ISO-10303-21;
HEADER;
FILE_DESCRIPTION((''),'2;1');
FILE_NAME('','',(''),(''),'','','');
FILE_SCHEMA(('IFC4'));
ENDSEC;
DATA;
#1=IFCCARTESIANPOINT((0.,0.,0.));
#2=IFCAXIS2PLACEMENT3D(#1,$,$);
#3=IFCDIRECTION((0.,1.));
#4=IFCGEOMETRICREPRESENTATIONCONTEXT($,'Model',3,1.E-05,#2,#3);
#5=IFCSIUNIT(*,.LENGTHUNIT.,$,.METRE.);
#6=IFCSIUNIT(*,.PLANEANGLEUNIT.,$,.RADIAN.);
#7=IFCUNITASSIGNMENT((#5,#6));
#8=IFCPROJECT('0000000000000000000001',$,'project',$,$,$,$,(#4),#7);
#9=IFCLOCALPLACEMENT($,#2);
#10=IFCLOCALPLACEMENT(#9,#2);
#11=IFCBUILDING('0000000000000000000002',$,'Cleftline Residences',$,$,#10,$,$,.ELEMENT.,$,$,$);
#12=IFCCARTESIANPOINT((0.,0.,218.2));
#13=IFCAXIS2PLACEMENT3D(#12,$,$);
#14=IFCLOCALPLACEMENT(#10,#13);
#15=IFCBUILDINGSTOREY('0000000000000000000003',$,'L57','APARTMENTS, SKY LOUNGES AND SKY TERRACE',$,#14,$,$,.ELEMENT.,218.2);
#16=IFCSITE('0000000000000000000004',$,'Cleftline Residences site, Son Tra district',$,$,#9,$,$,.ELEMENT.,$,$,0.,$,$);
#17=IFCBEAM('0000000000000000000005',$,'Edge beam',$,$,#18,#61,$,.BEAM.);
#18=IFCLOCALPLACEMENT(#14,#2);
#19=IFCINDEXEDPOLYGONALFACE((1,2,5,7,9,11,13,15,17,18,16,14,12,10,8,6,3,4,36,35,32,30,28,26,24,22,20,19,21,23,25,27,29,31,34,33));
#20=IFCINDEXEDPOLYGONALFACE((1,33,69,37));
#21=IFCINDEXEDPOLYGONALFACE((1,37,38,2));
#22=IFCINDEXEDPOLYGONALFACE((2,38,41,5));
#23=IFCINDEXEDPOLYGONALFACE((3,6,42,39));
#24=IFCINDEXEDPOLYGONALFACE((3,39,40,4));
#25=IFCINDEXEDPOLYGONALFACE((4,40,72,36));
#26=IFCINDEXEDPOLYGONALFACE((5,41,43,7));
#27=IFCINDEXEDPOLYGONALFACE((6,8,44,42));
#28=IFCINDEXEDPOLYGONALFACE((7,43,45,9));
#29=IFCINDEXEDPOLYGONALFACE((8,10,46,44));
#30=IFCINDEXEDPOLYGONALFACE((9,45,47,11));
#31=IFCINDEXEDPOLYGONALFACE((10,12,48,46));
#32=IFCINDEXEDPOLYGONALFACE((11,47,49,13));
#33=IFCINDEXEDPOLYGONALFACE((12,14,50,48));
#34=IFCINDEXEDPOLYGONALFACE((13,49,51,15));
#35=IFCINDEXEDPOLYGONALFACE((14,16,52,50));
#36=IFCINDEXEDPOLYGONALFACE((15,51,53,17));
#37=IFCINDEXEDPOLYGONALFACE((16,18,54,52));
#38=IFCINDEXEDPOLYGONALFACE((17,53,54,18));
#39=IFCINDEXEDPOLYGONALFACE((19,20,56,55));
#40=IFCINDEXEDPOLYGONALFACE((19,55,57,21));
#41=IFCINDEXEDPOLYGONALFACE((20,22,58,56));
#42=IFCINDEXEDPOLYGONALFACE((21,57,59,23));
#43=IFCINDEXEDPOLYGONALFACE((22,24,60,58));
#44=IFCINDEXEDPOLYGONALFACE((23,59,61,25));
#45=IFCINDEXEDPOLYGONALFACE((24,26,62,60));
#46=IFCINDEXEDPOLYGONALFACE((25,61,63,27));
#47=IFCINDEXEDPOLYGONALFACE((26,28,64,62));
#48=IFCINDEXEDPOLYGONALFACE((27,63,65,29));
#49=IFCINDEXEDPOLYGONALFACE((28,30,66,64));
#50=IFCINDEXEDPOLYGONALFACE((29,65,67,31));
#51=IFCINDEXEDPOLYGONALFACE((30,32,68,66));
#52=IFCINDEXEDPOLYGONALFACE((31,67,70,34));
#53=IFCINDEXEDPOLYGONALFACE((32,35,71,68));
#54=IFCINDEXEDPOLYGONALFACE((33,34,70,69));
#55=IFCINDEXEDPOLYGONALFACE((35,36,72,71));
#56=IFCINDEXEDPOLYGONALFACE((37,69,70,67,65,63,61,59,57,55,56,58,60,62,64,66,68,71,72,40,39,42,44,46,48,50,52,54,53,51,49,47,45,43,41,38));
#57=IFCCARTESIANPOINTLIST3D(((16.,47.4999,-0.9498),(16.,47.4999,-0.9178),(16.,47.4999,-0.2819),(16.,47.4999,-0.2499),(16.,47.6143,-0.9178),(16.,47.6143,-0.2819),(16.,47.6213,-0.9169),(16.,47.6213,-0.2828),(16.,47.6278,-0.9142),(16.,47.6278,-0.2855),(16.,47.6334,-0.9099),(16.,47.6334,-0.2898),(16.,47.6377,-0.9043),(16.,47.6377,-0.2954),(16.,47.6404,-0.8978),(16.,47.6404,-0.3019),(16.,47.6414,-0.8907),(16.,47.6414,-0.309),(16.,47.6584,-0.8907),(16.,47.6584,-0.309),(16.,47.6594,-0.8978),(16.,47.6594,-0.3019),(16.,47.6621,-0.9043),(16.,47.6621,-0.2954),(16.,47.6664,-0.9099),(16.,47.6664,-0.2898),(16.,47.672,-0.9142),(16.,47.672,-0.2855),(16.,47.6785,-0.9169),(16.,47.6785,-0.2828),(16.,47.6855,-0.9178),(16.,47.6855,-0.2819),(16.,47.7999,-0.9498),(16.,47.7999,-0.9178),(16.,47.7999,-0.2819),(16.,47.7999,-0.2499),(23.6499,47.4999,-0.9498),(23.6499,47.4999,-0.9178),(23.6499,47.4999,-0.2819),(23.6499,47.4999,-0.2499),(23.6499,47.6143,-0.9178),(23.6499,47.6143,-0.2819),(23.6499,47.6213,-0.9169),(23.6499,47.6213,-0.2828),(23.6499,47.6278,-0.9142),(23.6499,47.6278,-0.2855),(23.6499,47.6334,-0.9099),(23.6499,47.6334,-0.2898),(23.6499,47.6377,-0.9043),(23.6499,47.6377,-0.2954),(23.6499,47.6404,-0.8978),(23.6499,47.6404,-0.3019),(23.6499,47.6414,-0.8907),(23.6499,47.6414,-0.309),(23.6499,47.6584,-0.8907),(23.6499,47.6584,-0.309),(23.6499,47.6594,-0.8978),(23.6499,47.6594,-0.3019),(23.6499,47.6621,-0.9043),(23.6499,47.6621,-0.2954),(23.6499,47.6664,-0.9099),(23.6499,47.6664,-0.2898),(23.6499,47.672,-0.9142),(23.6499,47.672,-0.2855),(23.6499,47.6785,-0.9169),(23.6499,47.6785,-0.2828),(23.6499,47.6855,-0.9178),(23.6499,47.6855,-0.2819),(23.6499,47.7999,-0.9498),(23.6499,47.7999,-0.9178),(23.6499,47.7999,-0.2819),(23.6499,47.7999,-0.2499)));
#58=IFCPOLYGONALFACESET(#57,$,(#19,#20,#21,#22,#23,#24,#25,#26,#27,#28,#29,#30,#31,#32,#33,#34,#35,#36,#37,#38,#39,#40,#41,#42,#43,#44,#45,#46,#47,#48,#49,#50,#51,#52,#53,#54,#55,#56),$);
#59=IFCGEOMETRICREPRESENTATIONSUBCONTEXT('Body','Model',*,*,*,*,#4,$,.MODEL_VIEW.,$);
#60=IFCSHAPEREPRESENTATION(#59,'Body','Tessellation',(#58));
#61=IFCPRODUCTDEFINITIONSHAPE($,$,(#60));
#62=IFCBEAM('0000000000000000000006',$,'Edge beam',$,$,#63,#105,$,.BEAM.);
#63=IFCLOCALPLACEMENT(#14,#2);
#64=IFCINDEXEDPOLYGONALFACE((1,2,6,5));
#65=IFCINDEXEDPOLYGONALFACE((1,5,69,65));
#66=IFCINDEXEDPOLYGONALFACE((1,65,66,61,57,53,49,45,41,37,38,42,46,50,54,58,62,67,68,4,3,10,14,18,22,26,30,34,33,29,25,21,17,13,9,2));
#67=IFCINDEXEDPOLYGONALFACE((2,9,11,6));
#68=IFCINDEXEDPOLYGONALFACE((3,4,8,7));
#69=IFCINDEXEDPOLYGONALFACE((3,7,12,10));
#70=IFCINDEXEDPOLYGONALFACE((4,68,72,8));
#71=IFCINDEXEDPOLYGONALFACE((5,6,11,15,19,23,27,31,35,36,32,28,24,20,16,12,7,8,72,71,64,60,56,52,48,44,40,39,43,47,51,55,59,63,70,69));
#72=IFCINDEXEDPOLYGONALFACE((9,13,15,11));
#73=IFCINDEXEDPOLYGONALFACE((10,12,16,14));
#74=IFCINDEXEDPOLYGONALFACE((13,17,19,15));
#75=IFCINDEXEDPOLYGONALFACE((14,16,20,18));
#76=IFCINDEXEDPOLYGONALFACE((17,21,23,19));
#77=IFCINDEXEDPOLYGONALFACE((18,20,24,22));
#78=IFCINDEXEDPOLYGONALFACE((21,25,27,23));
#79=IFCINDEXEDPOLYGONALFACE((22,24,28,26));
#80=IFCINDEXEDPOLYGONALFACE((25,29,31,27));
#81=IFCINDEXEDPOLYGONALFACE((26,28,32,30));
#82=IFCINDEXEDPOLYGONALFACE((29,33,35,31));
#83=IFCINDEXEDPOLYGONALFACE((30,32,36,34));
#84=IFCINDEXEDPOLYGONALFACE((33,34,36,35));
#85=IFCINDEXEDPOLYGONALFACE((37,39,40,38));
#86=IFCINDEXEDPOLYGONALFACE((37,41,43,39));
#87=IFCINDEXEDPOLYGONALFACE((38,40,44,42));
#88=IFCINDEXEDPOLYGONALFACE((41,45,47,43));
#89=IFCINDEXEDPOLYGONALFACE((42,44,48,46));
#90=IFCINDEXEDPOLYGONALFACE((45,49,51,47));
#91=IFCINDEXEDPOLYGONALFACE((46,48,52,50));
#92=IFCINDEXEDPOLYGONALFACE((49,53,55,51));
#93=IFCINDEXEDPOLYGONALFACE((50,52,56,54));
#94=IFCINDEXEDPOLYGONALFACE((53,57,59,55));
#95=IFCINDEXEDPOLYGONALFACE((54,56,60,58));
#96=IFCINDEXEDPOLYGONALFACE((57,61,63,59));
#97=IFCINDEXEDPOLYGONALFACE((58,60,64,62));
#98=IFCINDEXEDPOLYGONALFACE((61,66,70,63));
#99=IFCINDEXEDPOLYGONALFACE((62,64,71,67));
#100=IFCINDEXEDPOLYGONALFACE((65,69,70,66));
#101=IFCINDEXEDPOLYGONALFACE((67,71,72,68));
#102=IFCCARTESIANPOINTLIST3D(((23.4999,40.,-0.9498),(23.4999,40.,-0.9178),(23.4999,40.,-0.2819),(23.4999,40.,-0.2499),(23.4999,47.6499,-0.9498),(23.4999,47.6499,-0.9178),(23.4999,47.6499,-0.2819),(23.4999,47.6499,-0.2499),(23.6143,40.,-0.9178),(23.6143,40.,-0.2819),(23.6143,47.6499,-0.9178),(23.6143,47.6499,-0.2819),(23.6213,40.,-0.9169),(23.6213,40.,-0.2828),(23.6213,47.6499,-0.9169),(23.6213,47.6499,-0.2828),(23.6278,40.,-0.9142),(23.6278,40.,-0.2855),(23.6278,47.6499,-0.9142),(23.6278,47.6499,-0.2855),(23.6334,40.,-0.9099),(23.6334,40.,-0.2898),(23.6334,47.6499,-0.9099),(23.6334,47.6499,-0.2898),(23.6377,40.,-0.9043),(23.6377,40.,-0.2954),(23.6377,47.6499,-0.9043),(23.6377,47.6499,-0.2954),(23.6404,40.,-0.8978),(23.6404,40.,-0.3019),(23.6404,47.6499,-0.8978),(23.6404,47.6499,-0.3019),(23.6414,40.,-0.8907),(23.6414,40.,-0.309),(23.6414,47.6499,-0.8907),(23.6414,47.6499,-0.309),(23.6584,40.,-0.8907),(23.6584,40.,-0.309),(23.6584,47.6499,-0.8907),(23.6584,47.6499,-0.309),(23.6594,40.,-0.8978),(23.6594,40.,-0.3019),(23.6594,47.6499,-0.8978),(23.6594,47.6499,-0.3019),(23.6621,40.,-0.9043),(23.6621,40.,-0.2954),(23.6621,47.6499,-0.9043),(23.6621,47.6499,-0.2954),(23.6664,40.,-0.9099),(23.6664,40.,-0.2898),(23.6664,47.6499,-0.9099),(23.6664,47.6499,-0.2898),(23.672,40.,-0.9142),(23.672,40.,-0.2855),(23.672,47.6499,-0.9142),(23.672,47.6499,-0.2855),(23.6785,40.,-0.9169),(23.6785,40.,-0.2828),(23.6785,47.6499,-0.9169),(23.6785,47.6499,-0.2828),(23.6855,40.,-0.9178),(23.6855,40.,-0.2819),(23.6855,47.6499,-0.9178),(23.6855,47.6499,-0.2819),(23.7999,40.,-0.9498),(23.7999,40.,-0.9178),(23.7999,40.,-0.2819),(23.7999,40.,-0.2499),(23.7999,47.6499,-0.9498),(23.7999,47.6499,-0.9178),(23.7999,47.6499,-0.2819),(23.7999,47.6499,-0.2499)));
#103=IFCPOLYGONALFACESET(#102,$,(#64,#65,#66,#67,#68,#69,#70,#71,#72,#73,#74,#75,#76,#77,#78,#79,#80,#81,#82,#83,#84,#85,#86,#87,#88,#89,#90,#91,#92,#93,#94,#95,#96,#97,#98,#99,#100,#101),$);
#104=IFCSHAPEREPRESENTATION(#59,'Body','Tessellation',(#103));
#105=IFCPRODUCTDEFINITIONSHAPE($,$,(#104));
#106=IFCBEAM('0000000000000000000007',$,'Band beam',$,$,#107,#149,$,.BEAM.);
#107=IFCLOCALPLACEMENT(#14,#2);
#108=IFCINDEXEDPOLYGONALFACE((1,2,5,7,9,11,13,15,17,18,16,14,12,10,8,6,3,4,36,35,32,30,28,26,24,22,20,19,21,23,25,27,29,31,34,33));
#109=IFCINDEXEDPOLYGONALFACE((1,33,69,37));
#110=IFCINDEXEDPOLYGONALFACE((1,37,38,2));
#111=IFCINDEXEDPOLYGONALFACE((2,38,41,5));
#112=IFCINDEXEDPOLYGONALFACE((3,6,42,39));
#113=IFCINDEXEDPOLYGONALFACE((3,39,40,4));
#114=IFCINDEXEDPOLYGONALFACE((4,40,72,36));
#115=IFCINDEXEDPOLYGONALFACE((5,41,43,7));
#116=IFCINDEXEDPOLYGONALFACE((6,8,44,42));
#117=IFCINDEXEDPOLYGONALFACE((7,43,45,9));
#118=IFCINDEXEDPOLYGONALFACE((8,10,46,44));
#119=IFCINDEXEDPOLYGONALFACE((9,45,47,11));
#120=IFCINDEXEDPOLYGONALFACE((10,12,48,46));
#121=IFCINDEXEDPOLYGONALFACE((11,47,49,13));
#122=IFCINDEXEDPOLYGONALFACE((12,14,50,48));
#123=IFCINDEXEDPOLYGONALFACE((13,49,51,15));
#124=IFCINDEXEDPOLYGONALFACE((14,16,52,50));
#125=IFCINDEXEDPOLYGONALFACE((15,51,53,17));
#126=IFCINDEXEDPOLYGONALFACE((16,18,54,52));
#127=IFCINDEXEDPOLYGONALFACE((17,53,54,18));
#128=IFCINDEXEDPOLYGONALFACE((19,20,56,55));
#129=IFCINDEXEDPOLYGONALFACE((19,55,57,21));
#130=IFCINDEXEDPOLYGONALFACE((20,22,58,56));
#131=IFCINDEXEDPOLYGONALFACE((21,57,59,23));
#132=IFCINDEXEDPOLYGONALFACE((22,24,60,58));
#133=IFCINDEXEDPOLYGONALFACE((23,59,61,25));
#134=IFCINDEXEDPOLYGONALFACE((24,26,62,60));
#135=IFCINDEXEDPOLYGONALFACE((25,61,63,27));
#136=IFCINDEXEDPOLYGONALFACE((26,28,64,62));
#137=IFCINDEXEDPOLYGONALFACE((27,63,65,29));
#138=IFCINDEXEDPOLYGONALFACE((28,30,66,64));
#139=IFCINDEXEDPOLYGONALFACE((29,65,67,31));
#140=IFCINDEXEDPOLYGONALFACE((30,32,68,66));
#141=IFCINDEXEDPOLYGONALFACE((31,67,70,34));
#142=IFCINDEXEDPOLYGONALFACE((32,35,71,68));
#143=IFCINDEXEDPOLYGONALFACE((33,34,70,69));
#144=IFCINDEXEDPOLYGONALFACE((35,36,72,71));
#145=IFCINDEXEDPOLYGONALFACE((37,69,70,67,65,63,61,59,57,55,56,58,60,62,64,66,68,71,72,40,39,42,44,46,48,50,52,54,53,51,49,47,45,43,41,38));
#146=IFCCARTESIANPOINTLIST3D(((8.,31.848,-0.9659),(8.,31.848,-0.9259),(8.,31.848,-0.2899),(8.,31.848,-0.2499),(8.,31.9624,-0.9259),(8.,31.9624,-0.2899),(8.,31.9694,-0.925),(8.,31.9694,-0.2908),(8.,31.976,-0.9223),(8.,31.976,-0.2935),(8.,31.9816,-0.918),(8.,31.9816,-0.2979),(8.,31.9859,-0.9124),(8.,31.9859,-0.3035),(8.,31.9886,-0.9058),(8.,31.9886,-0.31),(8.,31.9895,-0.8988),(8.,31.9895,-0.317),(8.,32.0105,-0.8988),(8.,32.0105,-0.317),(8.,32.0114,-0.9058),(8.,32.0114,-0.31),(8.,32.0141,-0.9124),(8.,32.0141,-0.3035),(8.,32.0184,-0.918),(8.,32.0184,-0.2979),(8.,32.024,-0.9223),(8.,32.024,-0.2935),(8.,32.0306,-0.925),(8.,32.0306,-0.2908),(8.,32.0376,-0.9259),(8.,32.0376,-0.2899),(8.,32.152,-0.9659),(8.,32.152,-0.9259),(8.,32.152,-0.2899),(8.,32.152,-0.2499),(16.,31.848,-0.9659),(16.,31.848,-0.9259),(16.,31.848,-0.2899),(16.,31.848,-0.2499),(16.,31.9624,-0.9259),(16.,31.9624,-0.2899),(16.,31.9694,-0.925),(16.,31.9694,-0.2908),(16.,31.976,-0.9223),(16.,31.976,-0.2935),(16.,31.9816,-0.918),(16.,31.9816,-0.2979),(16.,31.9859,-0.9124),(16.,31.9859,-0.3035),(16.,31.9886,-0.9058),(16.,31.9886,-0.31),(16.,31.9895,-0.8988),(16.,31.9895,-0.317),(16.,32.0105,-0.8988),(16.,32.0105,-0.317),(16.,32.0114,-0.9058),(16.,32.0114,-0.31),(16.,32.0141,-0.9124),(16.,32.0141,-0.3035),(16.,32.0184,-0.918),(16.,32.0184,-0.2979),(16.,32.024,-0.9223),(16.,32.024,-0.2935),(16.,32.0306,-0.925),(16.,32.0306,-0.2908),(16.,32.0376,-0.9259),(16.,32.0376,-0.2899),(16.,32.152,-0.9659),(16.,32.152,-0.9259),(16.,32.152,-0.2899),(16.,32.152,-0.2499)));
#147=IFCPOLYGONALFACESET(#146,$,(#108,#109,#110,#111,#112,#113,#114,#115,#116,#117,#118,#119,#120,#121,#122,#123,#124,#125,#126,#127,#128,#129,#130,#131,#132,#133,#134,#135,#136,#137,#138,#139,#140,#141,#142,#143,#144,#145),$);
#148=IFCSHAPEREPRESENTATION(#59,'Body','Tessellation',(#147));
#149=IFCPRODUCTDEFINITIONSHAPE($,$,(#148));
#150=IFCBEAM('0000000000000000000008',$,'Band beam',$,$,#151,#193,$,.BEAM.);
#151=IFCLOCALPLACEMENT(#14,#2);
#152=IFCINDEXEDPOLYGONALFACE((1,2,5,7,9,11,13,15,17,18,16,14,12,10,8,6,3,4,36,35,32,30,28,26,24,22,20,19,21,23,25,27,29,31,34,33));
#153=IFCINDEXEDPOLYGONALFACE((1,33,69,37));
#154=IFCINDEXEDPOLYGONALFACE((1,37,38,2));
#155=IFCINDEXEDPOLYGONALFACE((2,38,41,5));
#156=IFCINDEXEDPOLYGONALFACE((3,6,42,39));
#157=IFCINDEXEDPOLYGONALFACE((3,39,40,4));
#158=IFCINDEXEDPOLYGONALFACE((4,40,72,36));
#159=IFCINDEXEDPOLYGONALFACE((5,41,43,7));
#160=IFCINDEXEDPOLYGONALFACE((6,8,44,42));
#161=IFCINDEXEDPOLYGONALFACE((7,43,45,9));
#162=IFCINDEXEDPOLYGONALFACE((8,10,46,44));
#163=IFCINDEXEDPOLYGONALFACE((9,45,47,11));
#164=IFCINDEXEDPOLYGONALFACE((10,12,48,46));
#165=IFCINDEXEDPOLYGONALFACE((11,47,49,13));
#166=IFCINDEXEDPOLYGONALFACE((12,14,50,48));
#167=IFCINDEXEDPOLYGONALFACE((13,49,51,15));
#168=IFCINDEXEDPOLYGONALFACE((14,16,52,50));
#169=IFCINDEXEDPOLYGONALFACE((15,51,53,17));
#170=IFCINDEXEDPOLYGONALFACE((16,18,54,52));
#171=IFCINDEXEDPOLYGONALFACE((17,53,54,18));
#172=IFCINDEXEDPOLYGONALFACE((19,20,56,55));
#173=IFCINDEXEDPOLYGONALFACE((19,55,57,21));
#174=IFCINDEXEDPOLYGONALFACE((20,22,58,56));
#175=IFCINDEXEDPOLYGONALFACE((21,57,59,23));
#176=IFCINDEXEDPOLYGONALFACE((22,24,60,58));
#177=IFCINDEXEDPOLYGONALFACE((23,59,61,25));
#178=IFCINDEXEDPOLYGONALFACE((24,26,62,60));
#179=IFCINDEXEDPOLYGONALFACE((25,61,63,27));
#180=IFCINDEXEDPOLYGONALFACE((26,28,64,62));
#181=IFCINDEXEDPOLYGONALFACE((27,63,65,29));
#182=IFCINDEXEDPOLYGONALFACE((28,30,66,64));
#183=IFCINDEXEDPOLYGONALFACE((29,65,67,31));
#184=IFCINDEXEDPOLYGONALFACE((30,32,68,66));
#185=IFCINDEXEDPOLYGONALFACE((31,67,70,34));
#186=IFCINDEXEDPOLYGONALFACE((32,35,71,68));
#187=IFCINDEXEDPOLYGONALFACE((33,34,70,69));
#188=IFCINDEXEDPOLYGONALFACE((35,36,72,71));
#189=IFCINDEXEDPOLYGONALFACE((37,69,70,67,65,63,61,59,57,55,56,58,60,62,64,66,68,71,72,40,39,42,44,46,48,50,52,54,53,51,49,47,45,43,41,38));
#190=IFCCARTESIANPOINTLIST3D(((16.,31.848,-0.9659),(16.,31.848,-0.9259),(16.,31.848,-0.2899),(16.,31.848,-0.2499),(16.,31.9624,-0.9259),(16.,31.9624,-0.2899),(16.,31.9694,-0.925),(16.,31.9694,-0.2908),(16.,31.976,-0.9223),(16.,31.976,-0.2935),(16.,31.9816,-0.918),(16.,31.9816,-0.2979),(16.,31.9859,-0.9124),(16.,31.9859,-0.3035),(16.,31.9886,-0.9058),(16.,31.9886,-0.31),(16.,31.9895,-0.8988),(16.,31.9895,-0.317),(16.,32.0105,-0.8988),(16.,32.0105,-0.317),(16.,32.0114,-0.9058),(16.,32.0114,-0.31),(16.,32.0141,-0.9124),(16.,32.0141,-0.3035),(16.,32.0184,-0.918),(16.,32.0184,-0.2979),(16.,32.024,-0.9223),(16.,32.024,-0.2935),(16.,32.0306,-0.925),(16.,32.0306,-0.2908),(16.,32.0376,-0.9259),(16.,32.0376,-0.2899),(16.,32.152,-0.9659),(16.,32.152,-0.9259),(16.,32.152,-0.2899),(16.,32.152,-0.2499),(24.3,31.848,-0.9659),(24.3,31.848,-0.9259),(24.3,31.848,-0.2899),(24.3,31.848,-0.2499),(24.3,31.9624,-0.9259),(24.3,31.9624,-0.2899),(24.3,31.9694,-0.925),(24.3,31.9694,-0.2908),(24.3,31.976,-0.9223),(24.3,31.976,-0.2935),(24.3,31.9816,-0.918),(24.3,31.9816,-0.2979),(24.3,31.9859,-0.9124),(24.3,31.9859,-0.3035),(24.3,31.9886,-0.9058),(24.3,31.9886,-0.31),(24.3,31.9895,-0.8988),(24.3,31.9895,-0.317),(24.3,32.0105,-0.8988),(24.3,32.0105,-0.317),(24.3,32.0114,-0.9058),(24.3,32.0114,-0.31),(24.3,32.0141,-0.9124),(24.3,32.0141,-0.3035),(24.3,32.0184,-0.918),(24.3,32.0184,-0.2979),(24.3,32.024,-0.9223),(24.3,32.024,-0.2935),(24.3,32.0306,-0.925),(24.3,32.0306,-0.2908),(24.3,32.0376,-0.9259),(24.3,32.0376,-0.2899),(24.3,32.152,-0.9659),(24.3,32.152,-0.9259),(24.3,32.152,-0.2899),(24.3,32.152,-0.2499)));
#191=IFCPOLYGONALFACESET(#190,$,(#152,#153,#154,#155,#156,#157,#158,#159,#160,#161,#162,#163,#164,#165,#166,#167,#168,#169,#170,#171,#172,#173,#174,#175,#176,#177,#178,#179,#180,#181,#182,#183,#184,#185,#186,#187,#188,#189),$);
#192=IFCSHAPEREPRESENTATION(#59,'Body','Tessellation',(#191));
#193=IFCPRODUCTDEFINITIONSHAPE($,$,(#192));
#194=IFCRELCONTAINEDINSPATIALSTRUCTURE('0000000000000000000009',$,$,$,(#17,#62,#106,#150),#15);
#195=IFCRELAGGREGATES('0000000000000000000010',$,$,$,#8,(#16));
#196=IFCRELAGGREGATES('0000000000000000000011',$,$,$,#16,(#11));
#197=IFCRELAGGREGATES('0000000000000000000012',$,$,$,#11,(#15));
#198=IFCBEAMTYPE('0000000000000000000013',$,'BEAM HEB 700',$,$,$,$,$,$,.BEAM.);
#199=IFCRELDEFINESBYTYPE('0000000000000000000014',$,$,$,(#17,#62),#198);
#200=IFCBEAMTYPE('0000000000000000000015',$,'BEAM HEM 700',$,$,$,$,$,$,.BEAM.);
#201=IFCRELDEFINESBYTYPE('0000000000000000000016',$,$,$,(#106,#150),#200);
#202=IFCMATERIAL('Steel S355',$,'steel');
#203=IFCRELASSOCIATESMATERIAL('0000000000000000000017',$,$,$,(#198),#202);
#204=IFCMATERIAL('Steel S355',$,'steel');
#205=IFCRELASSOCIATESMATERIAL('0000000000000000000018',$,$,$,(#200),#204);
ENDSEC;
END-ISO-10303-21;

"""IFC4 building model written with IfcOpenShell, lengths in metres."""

from ifc_helpers import new_model, si_unit, direction, frame, origin, origin_2d, place, context, subcontext, project, spatial, i_section, extrude, material, material_profile, profile_set, type_object, element, save


model = new_model("IFC4")

# Units and contexts
model_context = context("Model", 3, precision=1e-05, world=origin(), true_north=direction((0.0, 1.0)))
body_context = subcontext(model_context, "Body", "Model", "MODEL_VIEW")
ifc_project = project(units=[si_unit("LENGTHUNIT", "METRE"), si_unit("PLANEANGLEUNIT", "RADIAN")], contexts=[model_context])

# Site, building, storey
site_placement = place(None, origin())
site = spatial("IfcSite", under=ifc_project, at=site_placement, Name="Cleftline Residences site, Son Tra district", CompositionType="ELEMENT", RefElevation=0.0)
building_placement = place(site_placement, origin())
building = spatial("IfcBuilding", under=site, at=building_placement, Name="Cleftline Residences", CompositionType="ELEMENT")
storey_placement = place(building_placement, frame((0.0, 0.0, 218.2)))
storey = spatial("IfcBuildingStorey", under=building, at=storey_placement, Name="L57", Description="APARTMENTS, SKY LOUNGES AND SKY TERRACE", CompositionType="ELEMENT", Elevation=218.2)

# Beams
ifc_material_1 = material(Name="Steel S355", Category="steel")
ifc_material_profile_1 = material_profile(ifc_material_1, i_section(OverallWidth=0.3, OverallDepth=0.7, WebThickness=0.0171, FlangeThickness=0.032, FilletRadius=0.0271, at=origin_2d()))
ifc_profile_set_1 = profile_set([ifc_material_profile_1], Name="Steel S355")
beam_type_1 = type_object("IfcBeamType", Name="BEAM HEB 700", PredefinedType="BEAM", material=ifc_profile_set_1)
for number, where, z_axis, x_axis, name in (
    (1, (16.0, 47.6499, -0.5999), (1.0, 0.0, 0.0), (0.0, 1.0, 0.0), "Edge beam"),
    (2, (23.6499, 47.6499, -0.5999), (0.0, -1.0, 0.0), (1.0, 0.0, 0.0), "Edge beam"),
):
    element("IfcBeam", number, at=place(storey_placement, frame(where, z_axis=z_axis, x_axis=x_axis)), inside=storey, type_object=beam_type_1, Name=name, PredefinedType="BEAM", context=body_context, shape_type="SweptSolid", body=[
        extrude(i_section(OverallWidth=0.3, OverallDepth=0.7, WebThickness=0.0171, FlangeThickness=0.032, FilletRadius=0.0271, at=origin_2d()), origin(), (0.0, 0.0, 1.0), 7.6499),
    ])
ifc_material_2 = material(Name="Steel S355", Category="steel")
ifc_material_profile_2 = material_profile(ifc_material_2, i_section(OverallWidth=0.304, OverallDepth=0.7161, WebThickness=0.021, FlangeThickness=0.04, FilletRadius=0.0271, at=origin_2d()))
ifc_profile_set_2 = profile_set([ifc_material_profile_2], Name="Steel S355")
beam_type_2 = type_object("IfcBeamType", Name="BEAM HEM 700", PredefinedType="BEAM", material=ifc_profile_set_2)
beam_1_placement = place(storey_placement, frame((8.0, 32.0, -0.6079), z_axis=(1.0, 0.0, 0.0), x_axis=(0.0, 1.0, 0.0)))
element("IfcBeam", 3, at=beam_1_placement, inside=storey, type_object=beam_type_2, Name="Band beam", PredefinedType="BEAM", context=body_context, shape_type="SweptSolid", body=[
    extrude(i_section(OverallWidth=0.304, OverallDepth=0.7161, WebThickness=0.021, FlangeThickness=0.04, FilletRadius=0.0271, at=origin_2d()), origin(), (0.0, 0.0, 1.0), 8.0),
])
beam_2_placement = place(storey_placement, frame((16.0, 32.0, -0.6079), z_axis=(1.0, 0.0, 0.0), x_axis=(0.0, 1.0, 0.0)))
element("IfcBeam", 4, at=beam_2_placement, inside=storey, type_object=beam_type_2, Name="Band beam", PredefinedType="BEAM", context=body_context, shape_type="SweptSolid", body=[
    extrude(i_section(OverallWidth=0.304, OverallDepth=0.7161, WebThickness=0.021, FlangeThickness=0.04, FilletRadius=0.0271, at=origin_2d()), origin(), (0.0, 0.0, 1.0), 8.3),
])

save(model, "model.ifc")
